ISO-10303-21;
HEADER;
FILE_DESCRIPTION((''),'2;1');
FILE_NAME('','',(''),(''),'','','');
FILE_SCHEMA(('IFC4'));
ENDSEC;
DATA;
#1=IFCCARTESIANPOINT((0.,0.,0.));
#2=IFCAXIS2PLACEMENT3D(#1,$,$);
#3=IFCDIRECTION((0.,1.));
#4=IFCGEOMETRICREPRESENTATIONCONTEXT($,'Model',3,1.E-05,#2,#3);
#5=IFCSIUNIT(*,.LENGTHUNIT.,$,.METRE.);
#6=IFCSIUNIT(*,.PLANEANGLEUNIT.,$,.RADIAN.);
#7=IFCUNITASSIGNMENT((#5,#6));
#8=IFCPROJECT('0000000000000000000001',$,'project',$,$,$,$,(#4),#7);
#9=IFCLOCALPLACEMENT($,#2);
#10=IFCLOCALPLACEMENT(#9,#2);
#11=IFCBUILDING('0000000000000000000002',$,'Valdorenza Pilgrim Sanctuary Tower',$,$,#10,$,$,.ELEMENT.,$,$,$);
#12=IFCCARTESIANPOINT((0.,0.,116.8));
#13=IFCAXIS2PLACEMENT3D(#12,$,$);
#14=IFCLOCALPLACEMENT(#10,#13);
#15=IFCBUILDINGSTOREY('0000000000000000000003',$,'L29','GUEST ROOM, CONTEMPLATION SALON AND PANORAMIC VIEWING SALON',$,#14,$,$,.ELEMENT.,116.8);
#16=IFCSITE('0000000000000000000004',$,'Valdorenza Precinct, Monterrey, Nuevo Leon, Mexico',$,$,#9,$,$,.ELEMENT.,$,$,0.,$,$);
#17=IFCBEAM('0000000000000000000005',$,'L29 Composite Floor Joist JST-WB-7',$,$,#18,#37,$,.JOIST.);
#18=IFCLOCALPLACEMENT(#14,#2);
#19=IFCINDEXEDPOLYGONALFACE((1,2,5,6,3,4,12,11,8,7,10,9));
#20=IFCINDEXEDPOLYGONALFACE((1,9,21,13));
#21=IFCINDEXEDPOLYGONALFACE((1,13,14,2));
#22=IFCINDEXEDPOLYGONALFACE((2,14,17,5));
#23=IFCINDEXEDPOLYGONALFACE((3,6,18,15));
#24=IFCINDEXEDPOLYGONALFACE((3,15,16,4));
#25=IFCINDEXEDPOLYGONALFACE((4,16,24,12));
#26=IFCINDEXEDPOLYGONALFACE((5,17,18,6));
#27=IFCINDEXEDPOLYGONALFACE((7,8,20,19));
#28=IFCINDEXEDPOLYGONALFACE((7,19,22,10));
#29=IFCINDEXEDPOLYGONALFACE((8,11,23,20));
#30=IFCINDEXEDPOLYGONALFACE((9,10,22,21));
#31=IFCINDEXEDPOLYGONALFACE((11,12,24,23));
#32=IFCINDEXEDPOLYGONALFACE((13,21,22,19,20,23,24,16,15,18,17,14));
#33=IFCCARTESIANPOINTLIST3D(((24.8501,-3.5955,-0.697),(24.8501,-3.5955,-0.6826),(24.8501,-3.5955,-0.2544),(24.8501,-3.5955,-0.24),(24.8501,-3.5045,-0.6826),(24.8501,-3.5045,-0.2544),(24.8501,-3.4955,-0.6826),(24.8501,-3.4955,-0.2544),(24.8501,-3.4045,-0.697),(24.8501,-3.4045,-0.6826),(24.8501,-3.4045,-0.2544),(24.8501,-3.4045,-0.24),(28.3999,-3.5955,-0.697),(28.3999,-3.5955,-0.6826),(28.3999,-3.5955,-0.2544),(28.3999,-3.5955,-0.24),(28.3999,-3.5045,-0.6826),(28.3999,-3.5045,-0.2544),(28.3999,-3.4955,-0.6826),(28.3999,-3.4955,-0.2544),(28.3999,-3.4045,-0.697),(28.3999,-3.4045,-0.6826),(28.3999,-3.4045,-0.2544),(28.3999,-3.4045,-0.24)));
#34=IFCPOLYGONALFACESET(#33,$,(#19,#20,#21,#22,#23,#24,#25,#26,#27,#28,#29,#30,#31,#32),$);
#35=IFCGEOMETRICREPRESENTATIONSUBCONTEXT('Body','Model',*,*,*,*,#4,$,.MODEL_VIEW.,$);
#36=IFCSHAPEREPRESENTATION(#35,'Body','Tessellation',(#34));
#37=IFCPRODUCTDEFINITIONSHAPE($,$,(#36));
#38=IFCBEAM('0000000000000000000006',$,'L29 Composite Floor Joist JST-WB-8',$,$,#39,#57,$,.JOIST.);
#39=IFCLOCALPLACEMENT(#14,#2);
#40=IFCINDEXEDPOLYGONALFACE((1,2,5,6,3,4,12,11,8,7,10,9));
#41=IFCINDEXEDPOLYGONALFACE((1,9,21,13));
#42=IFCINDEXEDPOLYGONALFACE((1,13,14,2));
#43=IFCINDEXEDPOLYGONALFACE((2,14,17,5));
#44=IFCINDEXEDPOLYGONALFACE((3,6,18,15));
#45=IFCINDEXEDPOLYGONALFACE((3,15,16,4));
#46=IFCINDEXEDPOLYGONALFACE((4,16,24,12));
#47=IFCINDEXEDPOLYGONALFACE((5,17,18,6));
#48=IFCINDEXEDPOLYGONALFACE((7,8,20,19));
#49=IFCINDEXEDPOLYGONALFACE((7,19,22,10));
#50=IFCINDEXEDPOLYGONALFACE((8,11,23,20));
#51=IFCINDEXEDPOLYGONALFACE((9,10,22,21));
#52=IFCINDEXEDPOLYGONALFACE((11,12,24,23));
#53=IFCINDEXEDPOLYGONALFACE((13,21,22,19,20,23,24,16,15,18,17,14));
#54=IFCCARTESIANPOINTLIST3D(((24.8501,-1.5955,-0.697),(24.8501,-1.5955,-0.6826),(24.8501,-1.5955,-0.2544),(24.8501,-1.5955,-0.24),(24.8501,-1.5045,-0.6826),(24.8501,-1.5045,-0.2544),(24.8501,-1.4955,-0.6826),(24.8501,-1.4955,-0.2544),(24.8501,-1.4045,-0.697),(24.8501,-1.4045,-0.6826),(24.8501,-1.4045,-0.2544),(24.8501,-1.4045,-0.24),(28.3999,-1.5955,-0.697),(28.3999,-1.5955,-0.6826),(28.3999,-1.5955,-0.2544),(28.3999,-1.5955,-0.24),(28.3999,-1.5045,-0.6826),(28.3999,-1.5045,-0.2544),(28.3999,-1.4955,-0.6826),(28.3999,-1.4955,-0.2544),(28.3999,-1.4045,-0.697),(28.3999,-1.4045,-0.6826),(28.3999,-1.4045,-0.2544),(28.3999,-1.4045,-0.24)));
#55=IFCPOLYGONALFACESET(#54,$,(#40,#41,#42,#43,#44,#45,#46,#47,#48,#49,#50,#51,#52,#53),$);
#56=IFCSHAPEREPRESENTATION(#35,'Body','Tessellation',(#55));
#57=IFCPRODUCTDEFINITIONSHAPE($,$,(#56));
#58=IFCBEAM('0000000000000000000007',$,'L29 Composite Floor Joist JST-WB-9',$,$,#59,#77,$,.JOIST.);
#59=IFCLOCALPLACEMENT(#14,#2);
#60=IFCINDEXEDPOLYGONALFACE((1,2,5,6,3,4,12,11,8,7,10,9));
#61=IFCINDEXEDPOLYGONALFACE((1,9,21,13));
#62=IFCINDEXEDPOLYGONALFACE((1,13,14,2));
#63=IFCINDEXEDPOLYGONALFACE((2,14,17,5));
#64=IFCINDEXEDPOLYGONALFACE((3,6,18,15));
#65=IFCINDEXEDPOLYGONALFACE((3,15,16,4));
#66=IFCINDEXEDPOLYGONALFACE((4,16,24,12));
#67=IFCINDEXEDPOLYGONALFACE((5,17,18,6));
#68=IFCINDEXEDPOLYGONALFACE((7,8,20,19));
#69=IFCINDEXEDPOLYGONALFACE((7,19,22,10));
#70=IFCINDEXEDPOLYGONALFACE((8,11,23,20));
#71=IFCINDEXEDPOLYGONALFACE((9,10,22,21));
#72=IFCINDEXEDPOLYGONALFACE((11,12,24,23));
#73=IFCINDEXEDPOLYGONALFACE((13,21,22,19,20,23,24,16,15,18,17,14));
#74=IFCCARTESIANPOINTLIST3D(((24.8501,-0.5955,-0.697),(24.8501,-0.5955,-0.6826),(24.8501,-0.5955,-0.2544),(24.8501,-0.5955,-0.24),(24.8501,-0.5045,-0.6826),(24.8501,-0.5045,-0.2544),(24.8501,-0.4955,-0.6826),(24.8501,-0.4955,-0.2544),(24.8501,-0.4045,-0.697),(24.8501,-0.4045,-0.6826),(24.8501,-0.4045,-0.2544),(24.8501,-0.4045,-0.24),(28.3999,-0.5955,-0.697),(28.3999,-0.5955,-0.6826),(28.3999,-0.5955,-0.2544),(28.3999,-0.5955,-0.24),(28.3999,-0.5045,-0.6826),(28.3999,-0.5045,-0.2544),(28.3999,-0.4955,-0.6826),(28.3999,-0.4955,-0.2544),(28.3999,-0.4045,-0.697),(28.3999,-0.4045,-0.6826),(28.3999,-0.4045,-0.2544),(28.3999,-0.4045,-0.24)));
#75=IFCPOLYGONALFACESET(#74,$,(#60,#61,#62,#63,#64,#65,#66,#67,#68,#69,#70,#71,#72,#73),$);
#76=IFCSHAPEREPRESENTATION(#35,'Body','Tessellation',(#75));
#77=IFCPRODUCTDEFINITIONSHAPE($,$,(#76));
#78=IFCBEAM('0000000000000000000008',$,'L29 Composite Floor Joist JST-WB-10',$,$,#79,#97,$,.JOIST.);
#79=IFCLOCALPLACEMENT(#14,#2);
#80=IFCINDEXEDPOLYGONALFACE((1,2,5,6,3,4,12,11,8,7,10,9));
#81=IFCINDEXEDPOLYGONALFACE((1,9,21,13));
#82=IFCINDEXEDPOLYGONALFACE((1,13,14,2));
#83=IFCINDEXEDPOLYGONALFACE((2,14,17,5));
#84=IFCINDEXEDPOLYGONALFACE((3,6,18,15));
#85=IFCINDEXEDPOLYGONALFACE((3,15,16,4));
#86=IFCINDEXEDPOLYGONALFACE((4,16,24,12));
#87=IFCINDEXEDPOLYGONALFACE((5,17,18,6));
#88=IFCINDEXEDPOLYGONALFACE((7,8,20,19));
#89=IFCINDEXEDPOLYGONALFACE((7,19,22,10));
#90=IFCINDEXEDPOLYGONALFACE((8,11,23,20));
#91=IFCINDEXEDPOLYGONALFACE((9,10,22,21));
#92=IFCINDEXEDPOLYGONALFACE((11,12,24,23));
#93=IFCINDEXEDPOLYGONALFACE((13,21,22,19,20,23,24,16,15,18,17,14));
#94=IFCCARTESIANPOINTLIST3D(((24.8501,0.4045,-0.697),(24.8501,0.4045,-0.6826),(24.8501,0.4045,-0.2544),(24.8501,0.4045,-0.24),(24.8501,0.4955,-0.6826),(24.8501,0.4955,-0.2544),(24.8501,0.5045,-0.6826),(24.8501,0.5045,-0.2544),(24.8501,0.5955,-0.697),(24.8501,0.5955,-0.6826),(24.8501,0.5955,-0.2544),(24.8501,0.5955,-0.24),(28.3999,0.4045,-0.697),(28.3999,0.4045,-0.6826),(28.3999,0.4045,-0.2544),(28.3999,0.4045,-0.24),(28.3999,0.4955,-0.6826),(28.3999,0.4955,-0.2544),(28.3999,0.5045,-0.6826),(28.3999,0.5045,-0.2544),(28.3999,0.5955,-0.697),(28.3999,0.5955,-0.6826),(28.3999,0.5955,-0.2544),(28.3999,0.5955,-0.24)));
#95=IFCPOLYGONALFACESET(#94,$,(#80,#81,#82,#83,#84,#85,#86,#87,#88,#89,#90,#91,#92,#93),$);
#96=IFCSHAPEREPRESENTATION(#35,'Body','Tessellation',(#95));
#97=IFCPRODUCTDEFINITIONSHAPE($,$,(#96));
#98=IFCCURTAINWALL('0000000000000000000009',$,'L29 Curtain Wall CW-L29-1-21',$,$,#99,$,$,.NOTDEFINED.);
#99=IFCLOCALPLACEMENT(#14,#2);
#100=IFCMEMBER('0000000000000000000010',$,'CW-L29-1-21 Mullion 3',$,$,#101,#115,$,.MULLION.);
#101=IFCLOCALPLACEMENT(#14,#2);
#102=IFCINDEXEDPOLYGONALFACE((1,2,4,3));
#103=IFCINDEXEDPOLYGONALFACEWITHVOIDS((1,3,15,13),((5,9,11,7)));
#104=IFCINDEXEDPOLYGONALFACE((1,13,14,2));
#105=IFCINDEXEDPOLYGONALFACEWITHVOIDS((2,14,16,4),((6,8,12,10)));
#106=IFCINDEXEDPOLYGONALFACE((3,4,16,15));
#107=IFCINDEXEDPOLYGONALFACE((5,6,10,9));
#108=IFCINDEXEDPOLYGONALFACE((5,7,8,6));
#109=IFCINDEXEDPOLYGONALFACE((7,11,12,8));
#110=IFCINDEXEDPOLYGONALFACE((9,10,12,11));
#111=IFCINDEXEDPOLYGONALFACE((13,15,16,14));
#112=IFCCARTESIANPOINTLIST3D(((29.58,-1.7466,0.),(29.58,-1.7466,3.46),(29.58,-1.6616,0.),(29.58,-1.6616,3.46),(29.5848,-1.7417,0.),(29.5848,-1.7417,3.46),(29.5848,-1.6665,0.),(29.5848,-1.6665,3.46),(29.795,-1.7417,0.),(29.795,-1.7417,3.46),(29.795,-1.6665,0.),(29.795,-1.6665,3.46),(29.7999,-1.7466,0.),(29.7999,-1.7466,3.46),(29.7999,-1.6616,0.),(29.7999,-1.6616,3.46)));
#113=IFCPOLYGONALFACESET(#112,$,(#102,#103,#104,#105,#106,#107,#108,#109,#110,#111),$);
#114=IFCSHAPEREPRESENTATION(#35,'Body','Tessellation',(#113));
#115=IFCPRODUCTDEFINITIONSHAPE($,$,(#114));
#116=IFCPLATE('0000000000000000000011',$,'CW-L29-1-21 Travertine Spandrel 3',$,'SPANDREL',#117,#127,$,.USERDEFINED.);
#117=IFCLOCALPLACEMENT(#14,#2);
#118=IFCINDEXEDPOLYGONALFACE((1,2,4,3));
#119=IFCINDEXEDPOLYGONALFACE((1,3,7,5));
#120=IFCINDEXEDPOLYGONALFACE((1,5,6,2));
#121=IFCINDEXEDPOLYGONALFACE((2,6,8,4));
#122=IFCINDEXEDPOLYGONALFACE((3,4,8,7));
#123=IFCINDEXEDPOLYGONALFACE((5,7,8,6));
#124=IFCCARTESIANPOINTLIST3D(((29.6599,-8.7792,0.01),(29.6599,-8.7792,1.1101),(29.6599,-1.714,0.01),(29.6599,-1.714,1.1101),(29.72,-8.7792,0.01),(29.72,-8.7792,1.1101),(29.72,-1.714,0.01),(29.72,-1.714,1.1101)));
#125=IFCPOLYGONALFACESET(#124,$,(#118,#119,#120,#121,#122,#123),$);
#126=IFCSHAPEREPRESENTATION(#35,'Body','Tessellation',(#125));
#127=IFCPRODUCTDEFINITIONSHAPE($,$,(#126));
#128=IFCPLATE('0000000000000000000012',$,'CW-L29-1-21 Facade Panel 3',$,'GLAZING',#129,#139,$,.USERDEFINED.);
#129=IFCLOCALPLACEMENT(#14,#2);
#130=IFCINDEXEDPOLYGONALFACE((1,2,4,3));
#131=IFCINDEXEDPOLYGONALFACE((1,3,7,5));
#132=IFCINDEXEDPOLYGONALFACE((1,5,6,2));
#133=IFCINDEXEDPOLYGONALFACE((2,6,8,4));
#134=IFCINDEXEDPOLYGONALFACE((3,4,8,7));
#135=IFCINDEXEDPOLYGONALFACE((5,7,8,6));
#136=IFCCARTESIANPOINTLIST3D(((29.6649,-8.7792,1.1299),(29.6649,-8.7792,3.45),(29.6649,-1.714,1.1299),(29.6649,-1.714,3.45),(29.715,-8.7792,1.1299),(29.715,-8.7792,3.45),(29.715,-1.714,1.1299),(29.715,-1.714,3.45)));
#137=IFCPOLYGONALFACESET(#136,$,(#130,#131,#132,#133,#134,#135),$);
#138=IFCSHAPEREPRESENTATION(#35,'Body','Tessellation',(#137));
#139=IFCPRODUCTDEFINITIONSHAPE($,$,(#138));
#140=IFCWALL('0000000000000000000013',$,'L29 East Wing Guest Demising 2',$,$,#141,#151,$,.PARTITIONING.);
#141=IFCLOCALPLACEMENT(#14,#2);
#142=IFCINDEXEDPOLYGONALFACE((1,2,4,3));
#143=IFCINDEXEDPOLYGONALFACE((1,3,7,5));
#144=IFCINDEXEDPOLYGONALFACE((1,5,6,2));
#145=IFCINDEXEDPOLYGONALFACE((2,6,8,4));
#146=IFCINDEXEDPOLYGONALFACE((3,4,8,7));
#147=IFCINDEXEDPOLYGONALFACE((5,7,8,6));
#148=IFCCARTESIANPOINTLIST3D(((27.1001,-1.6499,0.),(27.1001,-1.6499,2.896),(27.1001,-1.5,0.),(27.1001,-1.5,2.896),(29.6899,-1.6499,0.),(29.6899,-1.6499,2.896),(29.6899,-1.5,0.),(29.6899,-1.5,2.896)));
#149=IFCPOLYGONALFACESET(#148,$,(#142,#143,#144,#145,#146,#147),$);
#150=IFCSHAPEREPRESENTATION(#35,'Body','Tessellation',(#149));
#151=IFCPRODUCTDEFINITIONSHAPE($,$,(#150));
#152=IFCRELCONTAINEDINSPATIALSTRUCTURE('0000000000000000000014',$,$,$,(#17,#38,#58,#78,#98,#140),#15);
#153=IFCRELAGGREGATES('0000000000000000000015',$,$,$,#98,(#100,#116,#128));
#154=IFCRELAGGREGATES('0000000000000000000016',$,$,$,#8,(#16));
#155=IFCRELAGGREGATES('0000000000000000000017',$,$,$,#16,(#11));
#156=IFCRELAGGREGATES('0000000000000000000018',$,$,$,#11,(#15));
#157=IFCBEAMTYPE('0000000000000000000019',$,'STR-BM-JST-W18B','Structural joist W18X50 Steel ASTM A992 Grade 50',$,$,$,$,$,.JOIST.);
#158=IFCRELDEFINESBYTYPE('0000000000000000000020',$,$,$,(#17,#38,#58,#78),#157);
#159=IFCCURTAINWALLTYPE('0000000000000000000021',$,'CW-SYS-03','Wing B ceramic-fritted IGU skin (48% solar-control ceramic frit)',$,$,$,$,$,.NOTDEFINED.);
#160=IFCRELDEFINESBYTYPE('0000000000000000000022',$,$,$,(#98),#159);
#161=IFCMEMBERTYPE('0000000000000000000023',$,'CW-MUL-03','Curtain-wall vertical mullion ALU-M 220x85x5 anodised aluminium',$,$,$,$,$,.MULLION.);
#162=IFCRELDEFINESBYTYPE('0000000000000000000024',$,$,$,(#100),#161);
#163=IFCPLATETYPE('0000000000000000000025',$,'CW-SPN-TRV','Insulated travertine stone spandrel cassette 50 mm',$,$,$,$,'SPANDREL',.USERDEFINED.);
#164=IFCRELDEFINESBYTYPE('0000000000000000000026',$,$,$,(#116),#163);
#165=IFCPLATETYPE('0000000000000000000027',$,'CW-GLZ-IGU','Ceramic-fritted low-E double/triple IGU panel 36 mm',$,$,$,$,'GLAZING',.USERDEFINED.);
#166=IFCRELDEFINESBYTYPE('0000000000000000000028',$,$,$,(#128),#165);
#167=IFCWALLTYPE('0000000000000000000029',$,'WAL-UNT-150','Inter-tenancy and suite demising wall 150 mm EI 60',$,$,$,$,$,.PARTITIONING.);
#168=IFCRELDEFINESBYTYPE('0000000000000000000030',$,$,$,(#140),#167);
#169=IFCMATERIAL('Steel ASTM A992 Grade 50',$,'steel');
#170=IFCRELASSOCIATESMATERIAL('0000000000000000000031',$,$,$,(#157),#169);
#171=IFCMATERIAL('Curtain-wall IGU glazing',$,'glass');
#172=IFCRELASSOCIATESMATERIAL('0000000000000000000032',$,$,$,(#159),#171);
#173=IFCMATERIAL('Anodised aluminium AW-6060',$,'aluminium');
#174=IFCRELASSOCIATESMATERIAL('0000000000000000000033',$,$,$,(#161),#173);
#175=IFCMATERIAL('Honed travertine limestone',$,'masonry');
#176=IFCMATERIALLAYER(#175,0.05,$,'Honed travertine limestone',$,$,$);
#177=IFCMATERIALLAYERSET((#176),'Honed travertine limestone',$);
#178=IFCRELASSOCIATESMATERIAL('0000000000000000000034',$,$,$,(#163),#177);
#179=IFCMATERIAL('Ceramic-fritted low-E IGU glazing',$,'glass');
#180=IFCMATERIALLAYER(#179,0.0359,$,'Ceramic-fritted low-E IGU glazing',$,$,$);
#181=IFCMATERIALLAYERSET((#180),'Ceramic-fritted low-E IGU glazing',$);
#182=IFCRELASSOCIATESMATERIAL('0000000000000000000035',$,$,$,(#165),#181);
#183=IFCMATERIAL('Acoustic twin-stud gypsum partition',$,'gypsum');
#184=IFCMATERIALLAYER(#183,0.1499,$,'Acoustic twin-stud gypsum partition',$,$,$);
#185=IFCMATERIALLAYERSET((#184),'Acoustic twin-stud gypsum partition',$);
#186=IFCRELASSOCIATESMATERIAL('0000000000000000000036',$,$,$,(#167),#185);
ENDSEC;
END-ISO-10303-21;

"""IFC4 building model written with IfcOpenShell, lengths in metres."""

from ifc_helpers import new_model, si_unit, direction, frame, frame_2d, origin, origin_2d, place, context, subcontext, project, spatial, rectangle, hollow_rectangle, i_section, extrude, source, transform, mapped, material, layer, layer_set, material_profile, profile_set, type_object, element, aggregate, save


model = new_model("IFC4")

# Units and contexts
model_context = context("Model", 3, precision=1e-05, world=origin(), true_north=direction((0.0, 1.0)))
body_context = subcontext(model_context, "Body", "Model", "MODEL_VIEW")
ifc_project = project(units=[si_unit("LENGTHUNIT", "METRE"), si_unit("PLANEANGLEUNIT", "RADIAN")], contexts=[model_context])

# Site, building, storey
site_placement = place(None, origin())
site = spatial("IfcSite", under=ifc_project, at=site_placement, Name="Valdorenza Precinct, Monterrey, Nuevo Leon, Mexico", CompositionType="ELEMENT", RefElevation=0.0)
building_placement = place(site_placement, origin())
building = spatial("IfcBuilding", under=site, at=building_placement, Name="Valdorenza Pilgrim Sanctuary Tower", CompositionType="ELEMENT")
storey_placement = place(building_placement, frame((0.0, 0.0, 116.8)))
storey = spatial("IfcBuildingStorey", under=building, at=storey_placement, Name="L29", Description="GUEST ROOM, CONTEMPLATION SALON AND PANORAMIC VIEWING SALON", CompositionType="ELEMENT", Elevation=116.8)

# Shared definitions
ifc_material_1 = material(Name="Steel ASTM A992 Grade 50", Category="steel")

# Beams
ifc_material_profile_1 = material_profile(ifc_material_1, i_section(OverallWidth=0.1909, OverallDepth=0.457, WebThickness=0.009, FlangeThickness=0.0144, at=origin_2d()), Name="W18X50")
ifc_profile_set_1 = profile_set([ifc_material_profile_1], Name="Steel ASTM A992 Grade 50")
beam_type_1 = type_object("IfcBeamType", Name="STR-BM-JST-W18B", Description="Structural joist W18X50 Steel ASTM A992 Grade 50", PredefinedType="JOIST", material=ifc_profile_set_1)
shared_shape_1 = source(origin(), body_context, "Body", "SweptSolid", [
    extrude(i_section(OverallWidth=0.1909, OverallDepth=0.457, WebThickness=0.009, FlangeThickness=0.0144, at=origin_2d()), origin(), (0.0, 0.0, 1.0), 3.5498),
])
for number, where, z_axis, x_axis, name in (
    (1, (24.8501, -3.5, -0.4685), (1.0, 0.0, 0.0), (0.0, 1.0, 0.0), "L29 Composite Floor Joist JST-WB-7"),
    (2, (24.8501, -1.5, -0.4685), (1.0, 0.0, 0.0), (0.0, 1.0, 0.0), "L29 Composite Floor Joist JST-WB-8"),
    (3, (24.8501, -0.5, -0.4685), (1.0, 0.0, 0.0), (0.0, 1.0, 0.0), "L29 Composite Floor Joist JST-WB-9"),
    (4, (24.8501, 0.5, -0.4685), (1.0, 0.0, 0.0), (0.0, 1.0, 0.0), "L29 Composite Floor Joist JST-WB-10"),
):
    element("IfcBeam", number, at=place(storey_placement, frame(where, z_axis=z_axis, x_axis=x_axis)), inside=storey, type_object=beam_type_1, Name=name, PredefinedType="JOIST", context=body_context, shape_type="MappedRepresentation", body=[
        mapped(shared_shape_1, transform((0.0, 0.0, 0.0), x_axis=(1.0, 0.0, 0.0), y_axis=(0.0, 1.0, 0.0), z_axis=(0.0, 0.0, 1.0), scale=1.0)),
    ])

# Curtain wall, member, plates
ifc_material_2 = material(Name="Curtain-wall IGU glazing", Category="glass")
curtain_wall_type = type_object("IfcCurtainWallType", Name="CW-SYS-03", Description="Wing B ceramic-fritted IGU skin (48% solar-control ceramic frit)", PredefinedType="NOTDEFINED", material=ifc_material_2)
curtain_wall_placement = place(storey_placement, origin())
curtain_wall = element("IfcCurtainWall", 5, at=curtain_wall_placement, inside=storey, type_object=curtain_wall_type, Name="L29 Curtain Wall CW-L29-1-21", PredefinedType="NOTDEFINED")
ifc_material_3 = material(Name="Anodised aluminium AW-6060", Category="aluminium")
ifc_material_profile_2 = material_profile(ifc_material_3, hollow_rectangle(XDim=0.085, YDim=0.22, WallThickness=0.0049, at=origin_2d()), Name="ALU-M 220x85x5")
ifc_profile_set_2 = profile_set([ifc_material_profile_2], Name="Anodised aluminium AW-6060")
member_type = type_object("IfcMemberType", Name="CW-MUL-03", Description="Curtain-wall vertical mullion ALU-M 220x85x5 anodised aluminium", PredefinedType="MULLION", material=ifc_profile_set_2)
shared_shape_2 = source(origin(), body_context, "Body", "SweptSolid", [
    extrude(hollow_rectangle(XDim=0.085, YDim=0.22, WallThickness=0.0049, at=origin_2d()), origin(), (0.0, 0.0, 1.0), 3.46),
])
member_placement = place(storey_placement, frame((29.6899, -1.7041, 0.0), z_axis=(0.0, 0.0, 1.0), x_axis=(0.0, -1.0, 0.0)))
member = element("IfcMember", 6, at=member_placement, type_object=member_type, Name="CW-L29-1-21 Mullion 3", PredefinedType="MULLION", context=body_context, shape_type="MappedRepresentation", body=[
    mapped(shared_shape_2, transform((0.0, 0.0, 0.0), x_axis=(1.0, 0.0, 0.0), y_axis=(0.0, 1.0, 0.0), z_axis=(0.0, 0.0, 1.0), scale=1.0)),
])
ifc_material_4 = material(Name="Honed travertine limestone", Category="masonry")
ifc_layer_1 = layer(ifc_material_4, 0.05, Name="Honed travertine limestone")
ifc_layer_set_1 = layer_set([ifc_layer_1], Name="Honed travertine limestone")
plate_type_1 = type_object("IfcPlateType", Name="CW-SPN-TRV", Description="Insulated travertine stone spandrel cassette 50 mm", ElementType="SPANDREL", PredefinedType="USERDEFINED", material=ifc_layer_set_1)
shared_shape_3 = source(origin(), body_context, "Body", "SweptSolid", [
    extrude(rectangle(XDim=7.0652, YDim=0.0601, at=origin_2d()), origin(), (0.0, 0.0, 1.0), 1.1001),
])
plate_1_placement = place(storey_placement, frame((29.6899, -5.2466, 0.01), z_axis=(0.0, 0.0, 1.0), x_axis=(0.0, -1.0, 0.0)))
plate_1 = element("IfcPlate", 7, at=plate_1_placement, type_object=plate_type_1, Name="CW-L29-1-21 Travertine Spandrel 3", ObjectType="SPANDREL", PredefinedType="USERDEFINED", context=body_context, shape_type="MappedRepresentation", body=[
    mapped(shared_shape_3, transform((0.0, 0.0, 0.0), x_axis=(1.0, 0.0, 0.0), y_axis=(0.0, 1.0, 0.0), z_axis=(0.0, 0.0, 1.0), scale=1.0)),
])
ifc_material_5 = material(Name="Ceramic-fritted low-E IGU glazing", Category="glass")
ifc_layer_2 = layer(ifc_material_5, 0.0359, Name="Ceramic-fritted low-E IGU glazing")
ifc_layer_set_2 = layer_set([ifc_layer_2], Name="Ceramic-fritted low-E IGU glazing")
plate_type_2 = type_object("IfcPlateType", Name="CW-GLZ-IGU", Description="Ceramic-fritted low-E double/triple IGU panel 36 mm", ElementType="GLAZING", PredefinedType="USERDEFINED", material=ifc_layer_set_2)
shared_shape_4 = source(origin(), body_context, "Body", "SweptSolid", [
    extrude(rectangle(XDim=7.0652, YDim=0.05, at=origin_2d()), origin(), (0.0, 0.0, 1.0), 2.3201),
])
plate_2_placement = place(storey_placement, frame((29.6899, -5.2466, 1.1299), z_axis=(0.0, 0.0, 1.0), x_axis=(0.0, -1.0, 0.0)))
plate_2 = element("IfcPlate", 8, at=plate_2_placement, type_object=plate_type_2, Name="CW-L29-1-21 Facade Panel 3", ObjectType="GLAZING", PredefinedType="USERDEFINED", context=body_context, shape_type="MappedRepresentation", body=[
    mapped(shared_shape_4, transform((0.0, 0.0, 0.0), x_axis=(1.0, 0.0, 0.0), y_axis=(0.0, 1.0, 0.0), z_axis=(0.0, 0.0, 1.0), scale=1.0)),
])
aggregate(curtain_wall, [member, plate_1, plate_2])

# Wall
ifc_material_6 = material(Name="Acoustic twin-stud gypsum partition", Category="gypsum")
ifc_layer_3 = layer(ifc_material_6, 0.1499, Name="Acoustic twin-stud gypsum partition")
ifc_layer_set_3 = layer_set([ifc_layer_3], Name="Acoustic twin-stud gypsum partition")
wall_type = type_object("IfcWallType", Name="WAL-UNT-150", Description="Inter-tenancy and suite demising wall 150 mm EI 60", PredefinedType="PARTITIONING", material=ifc_layer_set_3)
wall_placement = place(storey_placement, frame((27.1001, -1.575, 0.0), z_axis=(0.0, 0.0, 1.0), x_axis=(1.0, 0.0, 0.0)))
element("IfcWall", 9, at=wall_placement, inside=storey, type_object=wall_type, Name="L29 East Wing Guest Demising 2", PredefinedType="PARTITIONING", context=body_context, shape_type="SweptSolid", body=[
    extrude(rectangle(XDim=2.5898, YDim=0.1499, at=frame_2d((1.2949, 0.0))), origin(), (0.0, 0.0, 1.0), 2.896),
])

save(model, "model.ifc")
